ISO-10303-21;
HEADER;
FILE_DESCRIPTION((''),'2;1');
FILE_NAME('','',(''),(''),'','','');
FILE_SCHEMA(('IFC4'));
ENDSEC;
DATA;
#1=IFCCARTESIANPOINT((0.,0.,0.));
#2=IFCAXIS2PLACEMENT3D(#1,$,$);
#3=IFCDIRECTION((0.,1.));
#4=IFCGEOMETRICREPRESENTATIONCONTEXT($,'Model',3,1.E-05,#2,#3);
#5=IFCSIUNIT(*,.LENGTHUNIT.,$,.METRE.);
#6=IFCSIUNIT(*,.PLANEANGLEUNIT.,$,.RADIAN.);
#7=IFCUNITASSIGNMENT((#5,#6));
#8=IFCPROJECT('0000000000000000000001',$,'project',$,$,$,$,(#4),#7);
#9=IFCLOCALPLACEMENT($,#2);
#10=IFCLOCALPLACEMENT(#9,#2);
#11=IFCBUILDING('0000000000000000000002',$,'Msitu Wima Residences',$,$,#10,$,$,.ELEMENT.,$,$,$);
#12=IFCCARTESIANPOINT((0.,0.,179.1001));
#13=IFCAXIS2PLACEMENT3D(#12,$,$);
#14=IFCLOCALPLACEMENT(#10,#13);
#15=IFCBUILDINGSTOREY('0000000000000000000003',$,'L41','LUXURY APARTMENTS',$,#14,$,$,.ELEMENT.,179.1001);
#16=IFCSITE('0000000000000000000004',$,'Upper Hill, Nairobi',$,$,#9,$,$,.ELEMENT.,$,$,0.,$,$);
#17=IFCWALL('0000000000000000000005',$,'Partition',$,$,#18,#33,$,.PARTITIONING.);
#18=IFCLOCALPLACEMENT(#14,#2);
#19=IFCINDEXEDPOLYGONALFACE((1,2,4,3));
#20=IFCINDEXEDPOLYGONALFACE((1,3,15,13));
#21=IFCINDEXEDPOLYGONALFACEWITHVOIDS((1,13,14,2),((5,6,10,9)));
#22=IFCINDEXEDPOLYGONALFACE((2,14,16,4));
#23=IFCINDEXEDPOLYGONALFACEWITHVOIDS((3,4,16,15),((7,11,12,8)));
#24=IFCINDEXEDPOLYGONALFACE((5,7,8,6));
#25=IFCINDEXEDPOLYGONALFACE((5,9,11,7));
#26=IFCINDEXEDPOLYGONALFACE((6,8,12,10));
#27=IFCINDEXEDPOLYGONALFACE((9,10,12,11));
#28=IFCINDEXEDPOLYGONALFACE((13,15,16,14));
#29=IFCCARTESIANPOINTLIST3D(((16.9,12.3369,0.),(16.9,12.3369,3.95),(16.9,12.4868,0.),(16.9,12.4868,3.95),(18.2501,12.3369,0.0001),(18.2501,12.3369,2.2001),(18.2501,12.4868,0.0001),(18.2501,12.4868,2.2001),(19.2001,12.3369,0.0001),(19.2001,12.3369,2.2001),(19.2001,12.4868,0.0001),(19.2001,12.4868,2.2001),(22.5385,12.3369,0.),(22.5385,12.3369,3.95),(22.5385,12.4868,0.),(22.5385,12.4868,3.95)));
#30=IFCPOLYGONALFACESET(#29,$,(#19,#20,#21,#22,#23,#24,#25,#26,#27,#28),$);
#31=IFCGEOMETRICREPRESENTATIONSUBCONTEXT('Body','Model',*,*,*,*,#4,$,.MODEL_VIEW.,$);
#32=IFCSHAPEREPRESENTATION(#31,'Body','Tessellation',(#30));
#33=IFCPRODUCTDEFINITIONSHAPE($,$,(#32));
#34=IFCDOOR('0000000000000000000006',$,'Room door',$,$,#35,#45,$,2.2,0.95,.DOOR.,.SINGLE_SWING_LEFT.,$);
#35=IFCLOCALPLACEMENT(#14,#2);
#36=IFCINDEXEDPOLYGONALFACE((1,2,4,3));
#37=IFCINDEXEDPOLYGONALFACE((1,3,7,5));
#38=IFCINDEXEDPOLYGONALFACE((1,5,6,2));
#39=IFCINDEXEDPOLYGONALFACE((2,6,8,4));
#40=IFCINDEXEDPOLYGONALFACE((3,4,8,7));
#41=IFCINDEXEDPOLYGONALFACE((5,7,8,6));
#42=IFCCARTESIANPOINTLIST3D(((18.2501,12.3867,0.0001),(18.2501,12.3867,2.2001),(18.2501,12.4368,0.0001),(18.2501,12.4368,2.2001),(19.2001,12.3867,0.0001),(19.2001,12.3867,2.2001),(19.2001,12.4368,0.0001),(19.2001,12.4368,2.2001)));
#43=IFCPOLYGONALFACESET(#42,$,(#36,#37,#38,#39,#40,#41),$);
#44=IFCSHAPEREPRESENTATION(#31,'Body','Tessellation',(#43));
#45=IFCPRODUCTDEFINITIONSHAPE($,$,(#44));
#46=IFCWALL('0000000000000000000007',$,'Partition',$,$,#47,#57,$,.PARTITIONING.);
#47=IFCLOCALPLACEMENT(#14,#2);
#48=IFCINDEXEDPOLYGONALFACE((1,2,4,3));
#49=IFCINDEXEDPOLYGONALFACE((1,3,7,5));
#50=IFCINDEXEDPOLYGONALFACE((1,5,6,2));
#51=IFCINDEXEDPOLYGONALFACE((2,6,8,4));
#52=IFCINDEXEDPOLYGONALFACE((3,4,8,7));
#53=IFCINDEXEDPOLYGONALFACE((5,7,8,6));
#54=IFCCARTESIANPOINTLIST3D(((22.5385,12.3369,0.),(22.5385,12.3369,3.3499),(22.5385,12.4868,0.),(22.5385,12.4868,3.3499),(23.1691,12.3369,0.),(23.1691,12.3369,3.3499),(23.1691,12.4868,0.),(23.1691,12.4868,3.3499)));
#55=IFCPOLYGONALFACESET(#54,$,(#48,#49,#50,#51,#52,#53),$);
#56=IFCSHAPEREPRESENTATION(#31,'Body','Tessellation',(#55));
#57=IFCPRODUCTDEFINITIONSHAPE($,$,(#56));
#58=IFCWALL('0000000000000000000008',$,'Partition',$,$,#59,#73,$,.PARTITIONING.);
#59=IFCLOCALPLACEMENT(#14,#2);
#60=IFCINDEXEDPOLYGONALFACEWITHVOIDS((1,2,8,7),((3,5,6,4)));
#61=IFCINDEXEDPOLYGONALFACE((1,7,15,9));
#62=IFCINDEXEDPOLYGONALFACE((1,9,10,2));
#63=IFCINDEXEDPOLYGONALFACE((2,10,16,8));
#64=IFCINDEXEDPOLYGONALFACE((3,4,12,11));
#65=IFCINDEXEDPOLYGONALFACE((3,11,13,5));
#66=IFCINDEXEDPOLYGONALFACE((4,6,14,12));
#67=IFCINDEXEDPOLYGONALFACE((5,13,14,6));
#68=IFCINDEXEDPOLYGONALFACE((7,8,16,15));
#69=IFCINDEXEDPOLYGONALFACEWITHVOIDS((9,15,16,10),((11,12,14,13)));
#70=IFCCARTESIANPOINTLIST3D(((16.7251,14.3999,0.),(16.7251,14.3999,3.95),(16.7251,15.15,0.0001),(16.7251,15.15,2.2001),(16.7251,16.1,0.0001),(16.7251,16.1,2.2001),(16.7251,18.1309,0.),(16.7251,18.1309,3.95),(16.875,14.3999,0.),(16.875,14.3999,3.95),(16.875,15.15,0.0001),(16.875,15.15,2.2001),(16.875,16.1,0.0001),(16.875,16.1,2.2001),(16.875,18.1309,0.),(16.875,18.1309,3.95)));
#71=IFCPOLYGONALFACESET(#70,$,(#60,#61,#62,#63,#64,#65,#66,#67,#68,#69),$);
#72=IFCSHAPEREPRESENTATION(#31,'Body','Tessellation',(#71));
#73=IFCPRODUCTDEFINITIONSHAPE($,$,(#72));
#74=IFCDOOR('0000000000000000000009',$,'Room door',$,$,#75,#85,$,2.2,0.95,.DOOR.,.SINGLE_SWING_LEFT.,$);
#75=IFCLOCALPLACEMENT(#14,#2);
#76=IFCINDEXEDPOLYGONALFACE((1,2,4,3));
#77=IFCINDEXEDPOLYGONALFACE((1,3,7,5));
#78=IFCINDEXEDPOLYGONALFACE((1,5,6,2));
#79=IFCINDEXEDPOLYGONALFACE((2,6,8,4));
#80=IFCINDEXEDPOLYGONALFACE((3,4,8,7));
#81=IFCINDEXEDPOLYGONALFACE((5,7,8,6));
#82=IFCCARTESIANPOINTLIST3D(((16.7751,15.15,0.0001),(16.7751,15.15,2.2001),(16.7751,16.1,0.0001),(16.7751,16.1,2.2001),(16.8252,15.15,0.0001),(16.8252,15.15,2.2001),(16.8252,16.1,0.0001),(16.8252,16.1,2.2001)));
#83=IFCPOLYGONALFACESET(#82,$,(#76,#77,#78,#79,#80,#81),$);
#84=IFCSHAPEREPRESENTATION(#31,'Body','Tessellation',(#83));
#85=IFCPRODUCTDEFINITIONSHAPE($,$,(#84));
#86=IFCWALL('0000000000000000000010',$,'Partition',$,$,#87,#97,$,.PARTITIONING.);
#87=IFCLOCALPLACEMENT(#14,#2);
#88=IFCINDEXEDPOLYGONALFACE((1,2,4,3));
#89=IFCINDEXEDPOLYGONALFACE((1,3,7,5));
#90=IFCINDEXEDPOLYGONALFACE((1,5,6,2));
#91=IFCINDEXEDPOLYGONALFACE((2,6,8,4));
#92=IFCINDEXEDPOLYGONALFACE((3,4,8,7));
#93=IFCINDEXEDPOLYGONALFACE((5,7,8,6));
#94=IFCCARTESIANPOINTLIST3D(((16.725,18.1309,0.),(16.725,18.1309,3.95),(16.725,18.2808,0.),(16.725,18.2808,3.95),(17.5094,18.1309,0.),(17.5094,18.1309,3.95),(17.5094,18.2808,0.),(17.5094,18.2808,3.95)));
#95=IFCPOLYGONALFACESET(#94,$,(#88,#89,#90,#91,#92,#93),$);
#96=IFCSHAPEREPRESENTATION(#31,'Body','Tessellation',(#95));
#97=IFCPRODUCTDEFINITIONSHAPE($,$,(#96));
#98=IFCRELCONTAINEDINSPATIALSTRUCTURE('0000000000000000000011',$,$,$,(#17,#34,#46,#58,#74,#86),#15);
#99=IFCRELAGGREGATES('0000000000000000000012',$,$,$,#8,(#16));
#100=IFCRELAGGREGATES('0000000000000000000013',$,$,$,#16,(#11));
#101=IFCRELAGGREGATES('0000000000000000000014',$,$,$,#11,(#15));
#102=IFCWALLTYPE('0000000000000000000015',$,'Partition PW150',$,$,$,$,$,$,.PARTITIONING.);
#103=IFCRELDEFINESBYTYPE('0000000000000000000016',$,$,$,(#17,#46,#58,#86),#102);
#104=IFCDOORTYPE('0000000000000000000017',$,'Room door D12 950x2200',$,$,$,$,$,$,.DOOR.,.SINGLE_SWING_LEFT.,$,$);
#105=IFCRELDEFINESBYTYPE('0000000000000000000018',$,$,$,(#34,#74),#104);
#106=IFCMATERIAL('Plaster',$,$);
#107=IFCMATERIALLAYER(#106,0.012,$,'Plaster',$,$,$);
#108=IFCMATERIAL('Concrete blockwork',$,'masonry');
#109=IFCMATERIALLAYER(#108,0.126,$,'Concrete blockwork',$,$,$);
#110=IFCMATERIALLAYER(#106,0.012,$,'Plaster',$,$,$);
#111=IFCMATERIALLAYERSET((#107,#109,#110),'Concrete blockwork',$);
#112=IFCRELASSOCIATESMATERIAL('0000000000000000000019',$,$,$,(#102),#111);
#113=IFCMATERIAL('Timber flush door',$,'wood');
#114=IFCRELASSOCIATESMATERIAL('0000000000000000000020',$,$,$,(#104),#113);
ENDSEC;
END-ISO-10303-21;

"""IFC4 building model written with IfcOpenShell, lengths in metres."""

from ifc_helpers import new_model, si_unit, direction, frame, frame_2d, origin, place, context, subcontext, project, spatial, rectangle, extrude, material, layer, layer_set, type_object, element, fill, save


model = new_model("IFC4")

# Units and contexts
model_context = context("Model", 3, precision=1e-05, world=origin(), true_north=direction((0.0, 1.0)))
body_context = subcontext(model_context, "Body", "Model", "MODEL_VIEW")
ifc_project = project(units=[si_unit("LENGTHUNIT", "METRE"), si_unit("PLANEANGLEUNIT", "RADIAN")], contexts=[model_context])

# Site, building, storey
site_placement = place(None, origin())
site = spatial("IfcSite", under=ifc_project, at=site_placement, Name="Upper Hill, Nairobi", CompositionType="ELEMENT", RefElevation=0.0)
building_placement = place(site_placement, origin())
building = spatial("IfcBuilding", under=site, at=building_placement, Name="Msitu Wima Residences", CompositionType="ELEMENT")
storey_placement = place(building_placement, frame((0.0, 0.0, 179.1001)))
storey = spatial("IfcBuildingStorey", under=building, at=storey_placement, Name="L41", Description="LUXURY APARTMENTS", CompositionType="ELEMENT", Elevation=179.1001)

# Shared definitions
ifc_material_1 = material(Name="Plaster")
ifc_material_2 = material(Name="Concrete blockwork", Category="masonry")

# Wall, opening, door
ifc_layer_1 = layer(ifc_material_1, 0.012, Name="Plaster")
ifc_layer_2 = layer(ifc_material_2, 0.126, Name="Concrete blockwork")
ifc_layer_3 = layer(ifc_material_1, 0.012, Name="Plaster")
ifc_layer_set_1 = layer_set([ifc_layer_1, ifc_layer_2, ifc_layer_3], Name="Concrete blockwork")
wall_type_1 = type_object("IfcWallType", Name="Partition PW150", PredefinedType="PARTITIONING", material=ifc_layer_set_1)
ifc_material_3 = material(Name="Timber flush door", Category="wood")
door_type_1 = type_object("IfcDoorType", Name="Room door D12 950x2200", OperationType="SINGLE_SWING_LEFT", PredefinedType="DOOR", material=ifc_material_3)
wall_1_placement = place(storey_placement, frame((16.8999, 12.4119, 0.0), z_axis=(0.0, 0.0, 1.0), x_axis=(1.0, 0.0, 0.0)))
wall_1 = element("IfcWall", 1, at=wall_1_placement, inside=storey, type_object=wall_type_1, Name="Partition", PredefinedType="PARTITIONING", context=body_context, shape_type="SweptSolid", body=[
    extrude(rectangle(XDim=5.6384, YDim=0.1499, at=frame_2d((2.8193, 0.0))), origin(), (0.0, 0.0, 1.0), 3.95),
])
opening_1_placement = place(wall_1_placement, frame((1.3501, 0.0, 0.0)))
opening_1 = element("IfcOpeningElement", 2, at=opening_1_placement, cuts=wall_1, PredefinedType="OPENING", context=body_context, shape_type="SweptSolid", body=[
    extrude(rectangle(XDim=0.95, YDim=2.2, at=frame_2d((0.4751, 1.1001))), frame((0.0, 0.085, 0.0), z_axis=(0.0, -1.0, 0.0), x_axis=(1.0, 0.0, 0.0)), (0.0, 0.0, 1.0), 0.1699),
])
door_1_placement = place(opening_1_placement, origin())
door_1 = element("IfcDoor", 3, at=door_1_placement, inside=storey, type_object=door_type_1, Name="Room door", OperationType="SINGLE_SWING_LEFT", OverallHeight=2.2, OverallWidth=0.95, PredefinedType="DOOR", context=body_context, shape_type="SweptSolid", body=[
    extrude(rectangle(XDim=0.95, YDim=2.2, at=frame_2d((0.4751, 1.1001))), frame((0.0, 0.0249, 0.0), z_axis=(0.0, -1.0, 0.0), x_axis=(1.0, 0.0, 0.0)), (0.0, 0.0, 1.0), 0.05),
])
fill(opening_1, door_1)

# Wall
wall_2_placement = place(storey_placement, frame((22.5383, 12.4119, 0.0), z_axis=(0.0, 0.0, 1.0), x_axis=(1.0, 0.0, 0.0)))
element("IfcWall", 4, at=wall_2_placement, inside=storey, type_object=wall_type_1, Name="Partition", PredefinedType="PARTITIONING", context=body_context, shape_type="SweptSolid", body=[
    extrude(rectangle(XDim=0.6306, YDim=0.1499, at=frame_2d((0.3154, 0.0))), origin(), (0.0, 0.0, 1.0), 3.3499),
])

# Wall, opening, door
wall_3_placement = place(storey_placement, frame((16.8, 14.3999, 0.0), z_axis=(0.0, 0.0, 1.0), x_axis=(0.0, 1.0, 0.0)))
wall_3 = element("IfcWall", 5, at=wall_3_placement, inside=storey, type_object=wall_type_1, Name="Partition", PredefinedType="PARTITIONING", context=body_context, shape_type="SweptSolid", body=[
    extrude(rectangle(XDim=3.731, YDim=0.1499, at=frame_2d((1.8655, 0.0))), origin(), (0.0, 0.0, 1.0), 3.95),
])
opening_2_placement = place(wall_3_placement, frame((0.75, 0.0, 0.0)))
opening_2 = element("IfcOpeningElement", 6, at=opening_2_placement, cuts=wall_3, PredefinedType="OPENING", context=body_context, shape_type="SweptSolid", body=[
    extrude(rectangle(XDim=0.95, YDim=2.2, at=frame_2d((0.4751, 1.1001))), frame((0.0, 0.085, 0.0), z_axis=(0.0, -1.0, 0.0), x_axis=(1.0, 0.0, 0.0)), (0.0, 0.0, 1.0), 0.1699),
])
door_2_placement = place(opening_2_placement, origin())
door_2 = element("IfcDoor", 7, at=door_2_placement, inside=storey, type_object=door_type_1, Name="Room door", OperationType="SINGLE_SWING_LEFT", OverallHeight=2.2, OverallWidth=0.95, PredefinedType="DOOR", context=body_context, shape_type="SweptSolid", body=[
    extrude(rectangle(XDim=0.95, YDim=2.2, at=frame_2d((0.4751, 1.1001))), frame((0.0, 0.0249, 0.0), z_axis=(0.0, -1.0, 0.0), x_axis=(1.0, 0.0, 0.0)), (0.0, 0.0, 1.0), 0.05),
])
fill(opening_2, door_2)

# Wall
wall_4_placement = place(storey_placement, frame((16.7251, 18.2058, 0.0), z_axis=(0.0, 0.0, 1.0), x_axis=(1.0, 0.0, 0.0)))
element("IfcWall", 8, at=wall_4_placement, inside=storey, type_object=wall_type_1, Name="Partition", PredefinedType="PARTITIONING", context=body_context, shape_type="SweptSolid", body=[
    extrude(rectangle(XDim=0.7844, YDim=0.1499, at=frame_2d((0.3921, 0.0))), origin(), (0.0, 0.0, 1.0), 3.95),
])

save(model, "model.ifc")
